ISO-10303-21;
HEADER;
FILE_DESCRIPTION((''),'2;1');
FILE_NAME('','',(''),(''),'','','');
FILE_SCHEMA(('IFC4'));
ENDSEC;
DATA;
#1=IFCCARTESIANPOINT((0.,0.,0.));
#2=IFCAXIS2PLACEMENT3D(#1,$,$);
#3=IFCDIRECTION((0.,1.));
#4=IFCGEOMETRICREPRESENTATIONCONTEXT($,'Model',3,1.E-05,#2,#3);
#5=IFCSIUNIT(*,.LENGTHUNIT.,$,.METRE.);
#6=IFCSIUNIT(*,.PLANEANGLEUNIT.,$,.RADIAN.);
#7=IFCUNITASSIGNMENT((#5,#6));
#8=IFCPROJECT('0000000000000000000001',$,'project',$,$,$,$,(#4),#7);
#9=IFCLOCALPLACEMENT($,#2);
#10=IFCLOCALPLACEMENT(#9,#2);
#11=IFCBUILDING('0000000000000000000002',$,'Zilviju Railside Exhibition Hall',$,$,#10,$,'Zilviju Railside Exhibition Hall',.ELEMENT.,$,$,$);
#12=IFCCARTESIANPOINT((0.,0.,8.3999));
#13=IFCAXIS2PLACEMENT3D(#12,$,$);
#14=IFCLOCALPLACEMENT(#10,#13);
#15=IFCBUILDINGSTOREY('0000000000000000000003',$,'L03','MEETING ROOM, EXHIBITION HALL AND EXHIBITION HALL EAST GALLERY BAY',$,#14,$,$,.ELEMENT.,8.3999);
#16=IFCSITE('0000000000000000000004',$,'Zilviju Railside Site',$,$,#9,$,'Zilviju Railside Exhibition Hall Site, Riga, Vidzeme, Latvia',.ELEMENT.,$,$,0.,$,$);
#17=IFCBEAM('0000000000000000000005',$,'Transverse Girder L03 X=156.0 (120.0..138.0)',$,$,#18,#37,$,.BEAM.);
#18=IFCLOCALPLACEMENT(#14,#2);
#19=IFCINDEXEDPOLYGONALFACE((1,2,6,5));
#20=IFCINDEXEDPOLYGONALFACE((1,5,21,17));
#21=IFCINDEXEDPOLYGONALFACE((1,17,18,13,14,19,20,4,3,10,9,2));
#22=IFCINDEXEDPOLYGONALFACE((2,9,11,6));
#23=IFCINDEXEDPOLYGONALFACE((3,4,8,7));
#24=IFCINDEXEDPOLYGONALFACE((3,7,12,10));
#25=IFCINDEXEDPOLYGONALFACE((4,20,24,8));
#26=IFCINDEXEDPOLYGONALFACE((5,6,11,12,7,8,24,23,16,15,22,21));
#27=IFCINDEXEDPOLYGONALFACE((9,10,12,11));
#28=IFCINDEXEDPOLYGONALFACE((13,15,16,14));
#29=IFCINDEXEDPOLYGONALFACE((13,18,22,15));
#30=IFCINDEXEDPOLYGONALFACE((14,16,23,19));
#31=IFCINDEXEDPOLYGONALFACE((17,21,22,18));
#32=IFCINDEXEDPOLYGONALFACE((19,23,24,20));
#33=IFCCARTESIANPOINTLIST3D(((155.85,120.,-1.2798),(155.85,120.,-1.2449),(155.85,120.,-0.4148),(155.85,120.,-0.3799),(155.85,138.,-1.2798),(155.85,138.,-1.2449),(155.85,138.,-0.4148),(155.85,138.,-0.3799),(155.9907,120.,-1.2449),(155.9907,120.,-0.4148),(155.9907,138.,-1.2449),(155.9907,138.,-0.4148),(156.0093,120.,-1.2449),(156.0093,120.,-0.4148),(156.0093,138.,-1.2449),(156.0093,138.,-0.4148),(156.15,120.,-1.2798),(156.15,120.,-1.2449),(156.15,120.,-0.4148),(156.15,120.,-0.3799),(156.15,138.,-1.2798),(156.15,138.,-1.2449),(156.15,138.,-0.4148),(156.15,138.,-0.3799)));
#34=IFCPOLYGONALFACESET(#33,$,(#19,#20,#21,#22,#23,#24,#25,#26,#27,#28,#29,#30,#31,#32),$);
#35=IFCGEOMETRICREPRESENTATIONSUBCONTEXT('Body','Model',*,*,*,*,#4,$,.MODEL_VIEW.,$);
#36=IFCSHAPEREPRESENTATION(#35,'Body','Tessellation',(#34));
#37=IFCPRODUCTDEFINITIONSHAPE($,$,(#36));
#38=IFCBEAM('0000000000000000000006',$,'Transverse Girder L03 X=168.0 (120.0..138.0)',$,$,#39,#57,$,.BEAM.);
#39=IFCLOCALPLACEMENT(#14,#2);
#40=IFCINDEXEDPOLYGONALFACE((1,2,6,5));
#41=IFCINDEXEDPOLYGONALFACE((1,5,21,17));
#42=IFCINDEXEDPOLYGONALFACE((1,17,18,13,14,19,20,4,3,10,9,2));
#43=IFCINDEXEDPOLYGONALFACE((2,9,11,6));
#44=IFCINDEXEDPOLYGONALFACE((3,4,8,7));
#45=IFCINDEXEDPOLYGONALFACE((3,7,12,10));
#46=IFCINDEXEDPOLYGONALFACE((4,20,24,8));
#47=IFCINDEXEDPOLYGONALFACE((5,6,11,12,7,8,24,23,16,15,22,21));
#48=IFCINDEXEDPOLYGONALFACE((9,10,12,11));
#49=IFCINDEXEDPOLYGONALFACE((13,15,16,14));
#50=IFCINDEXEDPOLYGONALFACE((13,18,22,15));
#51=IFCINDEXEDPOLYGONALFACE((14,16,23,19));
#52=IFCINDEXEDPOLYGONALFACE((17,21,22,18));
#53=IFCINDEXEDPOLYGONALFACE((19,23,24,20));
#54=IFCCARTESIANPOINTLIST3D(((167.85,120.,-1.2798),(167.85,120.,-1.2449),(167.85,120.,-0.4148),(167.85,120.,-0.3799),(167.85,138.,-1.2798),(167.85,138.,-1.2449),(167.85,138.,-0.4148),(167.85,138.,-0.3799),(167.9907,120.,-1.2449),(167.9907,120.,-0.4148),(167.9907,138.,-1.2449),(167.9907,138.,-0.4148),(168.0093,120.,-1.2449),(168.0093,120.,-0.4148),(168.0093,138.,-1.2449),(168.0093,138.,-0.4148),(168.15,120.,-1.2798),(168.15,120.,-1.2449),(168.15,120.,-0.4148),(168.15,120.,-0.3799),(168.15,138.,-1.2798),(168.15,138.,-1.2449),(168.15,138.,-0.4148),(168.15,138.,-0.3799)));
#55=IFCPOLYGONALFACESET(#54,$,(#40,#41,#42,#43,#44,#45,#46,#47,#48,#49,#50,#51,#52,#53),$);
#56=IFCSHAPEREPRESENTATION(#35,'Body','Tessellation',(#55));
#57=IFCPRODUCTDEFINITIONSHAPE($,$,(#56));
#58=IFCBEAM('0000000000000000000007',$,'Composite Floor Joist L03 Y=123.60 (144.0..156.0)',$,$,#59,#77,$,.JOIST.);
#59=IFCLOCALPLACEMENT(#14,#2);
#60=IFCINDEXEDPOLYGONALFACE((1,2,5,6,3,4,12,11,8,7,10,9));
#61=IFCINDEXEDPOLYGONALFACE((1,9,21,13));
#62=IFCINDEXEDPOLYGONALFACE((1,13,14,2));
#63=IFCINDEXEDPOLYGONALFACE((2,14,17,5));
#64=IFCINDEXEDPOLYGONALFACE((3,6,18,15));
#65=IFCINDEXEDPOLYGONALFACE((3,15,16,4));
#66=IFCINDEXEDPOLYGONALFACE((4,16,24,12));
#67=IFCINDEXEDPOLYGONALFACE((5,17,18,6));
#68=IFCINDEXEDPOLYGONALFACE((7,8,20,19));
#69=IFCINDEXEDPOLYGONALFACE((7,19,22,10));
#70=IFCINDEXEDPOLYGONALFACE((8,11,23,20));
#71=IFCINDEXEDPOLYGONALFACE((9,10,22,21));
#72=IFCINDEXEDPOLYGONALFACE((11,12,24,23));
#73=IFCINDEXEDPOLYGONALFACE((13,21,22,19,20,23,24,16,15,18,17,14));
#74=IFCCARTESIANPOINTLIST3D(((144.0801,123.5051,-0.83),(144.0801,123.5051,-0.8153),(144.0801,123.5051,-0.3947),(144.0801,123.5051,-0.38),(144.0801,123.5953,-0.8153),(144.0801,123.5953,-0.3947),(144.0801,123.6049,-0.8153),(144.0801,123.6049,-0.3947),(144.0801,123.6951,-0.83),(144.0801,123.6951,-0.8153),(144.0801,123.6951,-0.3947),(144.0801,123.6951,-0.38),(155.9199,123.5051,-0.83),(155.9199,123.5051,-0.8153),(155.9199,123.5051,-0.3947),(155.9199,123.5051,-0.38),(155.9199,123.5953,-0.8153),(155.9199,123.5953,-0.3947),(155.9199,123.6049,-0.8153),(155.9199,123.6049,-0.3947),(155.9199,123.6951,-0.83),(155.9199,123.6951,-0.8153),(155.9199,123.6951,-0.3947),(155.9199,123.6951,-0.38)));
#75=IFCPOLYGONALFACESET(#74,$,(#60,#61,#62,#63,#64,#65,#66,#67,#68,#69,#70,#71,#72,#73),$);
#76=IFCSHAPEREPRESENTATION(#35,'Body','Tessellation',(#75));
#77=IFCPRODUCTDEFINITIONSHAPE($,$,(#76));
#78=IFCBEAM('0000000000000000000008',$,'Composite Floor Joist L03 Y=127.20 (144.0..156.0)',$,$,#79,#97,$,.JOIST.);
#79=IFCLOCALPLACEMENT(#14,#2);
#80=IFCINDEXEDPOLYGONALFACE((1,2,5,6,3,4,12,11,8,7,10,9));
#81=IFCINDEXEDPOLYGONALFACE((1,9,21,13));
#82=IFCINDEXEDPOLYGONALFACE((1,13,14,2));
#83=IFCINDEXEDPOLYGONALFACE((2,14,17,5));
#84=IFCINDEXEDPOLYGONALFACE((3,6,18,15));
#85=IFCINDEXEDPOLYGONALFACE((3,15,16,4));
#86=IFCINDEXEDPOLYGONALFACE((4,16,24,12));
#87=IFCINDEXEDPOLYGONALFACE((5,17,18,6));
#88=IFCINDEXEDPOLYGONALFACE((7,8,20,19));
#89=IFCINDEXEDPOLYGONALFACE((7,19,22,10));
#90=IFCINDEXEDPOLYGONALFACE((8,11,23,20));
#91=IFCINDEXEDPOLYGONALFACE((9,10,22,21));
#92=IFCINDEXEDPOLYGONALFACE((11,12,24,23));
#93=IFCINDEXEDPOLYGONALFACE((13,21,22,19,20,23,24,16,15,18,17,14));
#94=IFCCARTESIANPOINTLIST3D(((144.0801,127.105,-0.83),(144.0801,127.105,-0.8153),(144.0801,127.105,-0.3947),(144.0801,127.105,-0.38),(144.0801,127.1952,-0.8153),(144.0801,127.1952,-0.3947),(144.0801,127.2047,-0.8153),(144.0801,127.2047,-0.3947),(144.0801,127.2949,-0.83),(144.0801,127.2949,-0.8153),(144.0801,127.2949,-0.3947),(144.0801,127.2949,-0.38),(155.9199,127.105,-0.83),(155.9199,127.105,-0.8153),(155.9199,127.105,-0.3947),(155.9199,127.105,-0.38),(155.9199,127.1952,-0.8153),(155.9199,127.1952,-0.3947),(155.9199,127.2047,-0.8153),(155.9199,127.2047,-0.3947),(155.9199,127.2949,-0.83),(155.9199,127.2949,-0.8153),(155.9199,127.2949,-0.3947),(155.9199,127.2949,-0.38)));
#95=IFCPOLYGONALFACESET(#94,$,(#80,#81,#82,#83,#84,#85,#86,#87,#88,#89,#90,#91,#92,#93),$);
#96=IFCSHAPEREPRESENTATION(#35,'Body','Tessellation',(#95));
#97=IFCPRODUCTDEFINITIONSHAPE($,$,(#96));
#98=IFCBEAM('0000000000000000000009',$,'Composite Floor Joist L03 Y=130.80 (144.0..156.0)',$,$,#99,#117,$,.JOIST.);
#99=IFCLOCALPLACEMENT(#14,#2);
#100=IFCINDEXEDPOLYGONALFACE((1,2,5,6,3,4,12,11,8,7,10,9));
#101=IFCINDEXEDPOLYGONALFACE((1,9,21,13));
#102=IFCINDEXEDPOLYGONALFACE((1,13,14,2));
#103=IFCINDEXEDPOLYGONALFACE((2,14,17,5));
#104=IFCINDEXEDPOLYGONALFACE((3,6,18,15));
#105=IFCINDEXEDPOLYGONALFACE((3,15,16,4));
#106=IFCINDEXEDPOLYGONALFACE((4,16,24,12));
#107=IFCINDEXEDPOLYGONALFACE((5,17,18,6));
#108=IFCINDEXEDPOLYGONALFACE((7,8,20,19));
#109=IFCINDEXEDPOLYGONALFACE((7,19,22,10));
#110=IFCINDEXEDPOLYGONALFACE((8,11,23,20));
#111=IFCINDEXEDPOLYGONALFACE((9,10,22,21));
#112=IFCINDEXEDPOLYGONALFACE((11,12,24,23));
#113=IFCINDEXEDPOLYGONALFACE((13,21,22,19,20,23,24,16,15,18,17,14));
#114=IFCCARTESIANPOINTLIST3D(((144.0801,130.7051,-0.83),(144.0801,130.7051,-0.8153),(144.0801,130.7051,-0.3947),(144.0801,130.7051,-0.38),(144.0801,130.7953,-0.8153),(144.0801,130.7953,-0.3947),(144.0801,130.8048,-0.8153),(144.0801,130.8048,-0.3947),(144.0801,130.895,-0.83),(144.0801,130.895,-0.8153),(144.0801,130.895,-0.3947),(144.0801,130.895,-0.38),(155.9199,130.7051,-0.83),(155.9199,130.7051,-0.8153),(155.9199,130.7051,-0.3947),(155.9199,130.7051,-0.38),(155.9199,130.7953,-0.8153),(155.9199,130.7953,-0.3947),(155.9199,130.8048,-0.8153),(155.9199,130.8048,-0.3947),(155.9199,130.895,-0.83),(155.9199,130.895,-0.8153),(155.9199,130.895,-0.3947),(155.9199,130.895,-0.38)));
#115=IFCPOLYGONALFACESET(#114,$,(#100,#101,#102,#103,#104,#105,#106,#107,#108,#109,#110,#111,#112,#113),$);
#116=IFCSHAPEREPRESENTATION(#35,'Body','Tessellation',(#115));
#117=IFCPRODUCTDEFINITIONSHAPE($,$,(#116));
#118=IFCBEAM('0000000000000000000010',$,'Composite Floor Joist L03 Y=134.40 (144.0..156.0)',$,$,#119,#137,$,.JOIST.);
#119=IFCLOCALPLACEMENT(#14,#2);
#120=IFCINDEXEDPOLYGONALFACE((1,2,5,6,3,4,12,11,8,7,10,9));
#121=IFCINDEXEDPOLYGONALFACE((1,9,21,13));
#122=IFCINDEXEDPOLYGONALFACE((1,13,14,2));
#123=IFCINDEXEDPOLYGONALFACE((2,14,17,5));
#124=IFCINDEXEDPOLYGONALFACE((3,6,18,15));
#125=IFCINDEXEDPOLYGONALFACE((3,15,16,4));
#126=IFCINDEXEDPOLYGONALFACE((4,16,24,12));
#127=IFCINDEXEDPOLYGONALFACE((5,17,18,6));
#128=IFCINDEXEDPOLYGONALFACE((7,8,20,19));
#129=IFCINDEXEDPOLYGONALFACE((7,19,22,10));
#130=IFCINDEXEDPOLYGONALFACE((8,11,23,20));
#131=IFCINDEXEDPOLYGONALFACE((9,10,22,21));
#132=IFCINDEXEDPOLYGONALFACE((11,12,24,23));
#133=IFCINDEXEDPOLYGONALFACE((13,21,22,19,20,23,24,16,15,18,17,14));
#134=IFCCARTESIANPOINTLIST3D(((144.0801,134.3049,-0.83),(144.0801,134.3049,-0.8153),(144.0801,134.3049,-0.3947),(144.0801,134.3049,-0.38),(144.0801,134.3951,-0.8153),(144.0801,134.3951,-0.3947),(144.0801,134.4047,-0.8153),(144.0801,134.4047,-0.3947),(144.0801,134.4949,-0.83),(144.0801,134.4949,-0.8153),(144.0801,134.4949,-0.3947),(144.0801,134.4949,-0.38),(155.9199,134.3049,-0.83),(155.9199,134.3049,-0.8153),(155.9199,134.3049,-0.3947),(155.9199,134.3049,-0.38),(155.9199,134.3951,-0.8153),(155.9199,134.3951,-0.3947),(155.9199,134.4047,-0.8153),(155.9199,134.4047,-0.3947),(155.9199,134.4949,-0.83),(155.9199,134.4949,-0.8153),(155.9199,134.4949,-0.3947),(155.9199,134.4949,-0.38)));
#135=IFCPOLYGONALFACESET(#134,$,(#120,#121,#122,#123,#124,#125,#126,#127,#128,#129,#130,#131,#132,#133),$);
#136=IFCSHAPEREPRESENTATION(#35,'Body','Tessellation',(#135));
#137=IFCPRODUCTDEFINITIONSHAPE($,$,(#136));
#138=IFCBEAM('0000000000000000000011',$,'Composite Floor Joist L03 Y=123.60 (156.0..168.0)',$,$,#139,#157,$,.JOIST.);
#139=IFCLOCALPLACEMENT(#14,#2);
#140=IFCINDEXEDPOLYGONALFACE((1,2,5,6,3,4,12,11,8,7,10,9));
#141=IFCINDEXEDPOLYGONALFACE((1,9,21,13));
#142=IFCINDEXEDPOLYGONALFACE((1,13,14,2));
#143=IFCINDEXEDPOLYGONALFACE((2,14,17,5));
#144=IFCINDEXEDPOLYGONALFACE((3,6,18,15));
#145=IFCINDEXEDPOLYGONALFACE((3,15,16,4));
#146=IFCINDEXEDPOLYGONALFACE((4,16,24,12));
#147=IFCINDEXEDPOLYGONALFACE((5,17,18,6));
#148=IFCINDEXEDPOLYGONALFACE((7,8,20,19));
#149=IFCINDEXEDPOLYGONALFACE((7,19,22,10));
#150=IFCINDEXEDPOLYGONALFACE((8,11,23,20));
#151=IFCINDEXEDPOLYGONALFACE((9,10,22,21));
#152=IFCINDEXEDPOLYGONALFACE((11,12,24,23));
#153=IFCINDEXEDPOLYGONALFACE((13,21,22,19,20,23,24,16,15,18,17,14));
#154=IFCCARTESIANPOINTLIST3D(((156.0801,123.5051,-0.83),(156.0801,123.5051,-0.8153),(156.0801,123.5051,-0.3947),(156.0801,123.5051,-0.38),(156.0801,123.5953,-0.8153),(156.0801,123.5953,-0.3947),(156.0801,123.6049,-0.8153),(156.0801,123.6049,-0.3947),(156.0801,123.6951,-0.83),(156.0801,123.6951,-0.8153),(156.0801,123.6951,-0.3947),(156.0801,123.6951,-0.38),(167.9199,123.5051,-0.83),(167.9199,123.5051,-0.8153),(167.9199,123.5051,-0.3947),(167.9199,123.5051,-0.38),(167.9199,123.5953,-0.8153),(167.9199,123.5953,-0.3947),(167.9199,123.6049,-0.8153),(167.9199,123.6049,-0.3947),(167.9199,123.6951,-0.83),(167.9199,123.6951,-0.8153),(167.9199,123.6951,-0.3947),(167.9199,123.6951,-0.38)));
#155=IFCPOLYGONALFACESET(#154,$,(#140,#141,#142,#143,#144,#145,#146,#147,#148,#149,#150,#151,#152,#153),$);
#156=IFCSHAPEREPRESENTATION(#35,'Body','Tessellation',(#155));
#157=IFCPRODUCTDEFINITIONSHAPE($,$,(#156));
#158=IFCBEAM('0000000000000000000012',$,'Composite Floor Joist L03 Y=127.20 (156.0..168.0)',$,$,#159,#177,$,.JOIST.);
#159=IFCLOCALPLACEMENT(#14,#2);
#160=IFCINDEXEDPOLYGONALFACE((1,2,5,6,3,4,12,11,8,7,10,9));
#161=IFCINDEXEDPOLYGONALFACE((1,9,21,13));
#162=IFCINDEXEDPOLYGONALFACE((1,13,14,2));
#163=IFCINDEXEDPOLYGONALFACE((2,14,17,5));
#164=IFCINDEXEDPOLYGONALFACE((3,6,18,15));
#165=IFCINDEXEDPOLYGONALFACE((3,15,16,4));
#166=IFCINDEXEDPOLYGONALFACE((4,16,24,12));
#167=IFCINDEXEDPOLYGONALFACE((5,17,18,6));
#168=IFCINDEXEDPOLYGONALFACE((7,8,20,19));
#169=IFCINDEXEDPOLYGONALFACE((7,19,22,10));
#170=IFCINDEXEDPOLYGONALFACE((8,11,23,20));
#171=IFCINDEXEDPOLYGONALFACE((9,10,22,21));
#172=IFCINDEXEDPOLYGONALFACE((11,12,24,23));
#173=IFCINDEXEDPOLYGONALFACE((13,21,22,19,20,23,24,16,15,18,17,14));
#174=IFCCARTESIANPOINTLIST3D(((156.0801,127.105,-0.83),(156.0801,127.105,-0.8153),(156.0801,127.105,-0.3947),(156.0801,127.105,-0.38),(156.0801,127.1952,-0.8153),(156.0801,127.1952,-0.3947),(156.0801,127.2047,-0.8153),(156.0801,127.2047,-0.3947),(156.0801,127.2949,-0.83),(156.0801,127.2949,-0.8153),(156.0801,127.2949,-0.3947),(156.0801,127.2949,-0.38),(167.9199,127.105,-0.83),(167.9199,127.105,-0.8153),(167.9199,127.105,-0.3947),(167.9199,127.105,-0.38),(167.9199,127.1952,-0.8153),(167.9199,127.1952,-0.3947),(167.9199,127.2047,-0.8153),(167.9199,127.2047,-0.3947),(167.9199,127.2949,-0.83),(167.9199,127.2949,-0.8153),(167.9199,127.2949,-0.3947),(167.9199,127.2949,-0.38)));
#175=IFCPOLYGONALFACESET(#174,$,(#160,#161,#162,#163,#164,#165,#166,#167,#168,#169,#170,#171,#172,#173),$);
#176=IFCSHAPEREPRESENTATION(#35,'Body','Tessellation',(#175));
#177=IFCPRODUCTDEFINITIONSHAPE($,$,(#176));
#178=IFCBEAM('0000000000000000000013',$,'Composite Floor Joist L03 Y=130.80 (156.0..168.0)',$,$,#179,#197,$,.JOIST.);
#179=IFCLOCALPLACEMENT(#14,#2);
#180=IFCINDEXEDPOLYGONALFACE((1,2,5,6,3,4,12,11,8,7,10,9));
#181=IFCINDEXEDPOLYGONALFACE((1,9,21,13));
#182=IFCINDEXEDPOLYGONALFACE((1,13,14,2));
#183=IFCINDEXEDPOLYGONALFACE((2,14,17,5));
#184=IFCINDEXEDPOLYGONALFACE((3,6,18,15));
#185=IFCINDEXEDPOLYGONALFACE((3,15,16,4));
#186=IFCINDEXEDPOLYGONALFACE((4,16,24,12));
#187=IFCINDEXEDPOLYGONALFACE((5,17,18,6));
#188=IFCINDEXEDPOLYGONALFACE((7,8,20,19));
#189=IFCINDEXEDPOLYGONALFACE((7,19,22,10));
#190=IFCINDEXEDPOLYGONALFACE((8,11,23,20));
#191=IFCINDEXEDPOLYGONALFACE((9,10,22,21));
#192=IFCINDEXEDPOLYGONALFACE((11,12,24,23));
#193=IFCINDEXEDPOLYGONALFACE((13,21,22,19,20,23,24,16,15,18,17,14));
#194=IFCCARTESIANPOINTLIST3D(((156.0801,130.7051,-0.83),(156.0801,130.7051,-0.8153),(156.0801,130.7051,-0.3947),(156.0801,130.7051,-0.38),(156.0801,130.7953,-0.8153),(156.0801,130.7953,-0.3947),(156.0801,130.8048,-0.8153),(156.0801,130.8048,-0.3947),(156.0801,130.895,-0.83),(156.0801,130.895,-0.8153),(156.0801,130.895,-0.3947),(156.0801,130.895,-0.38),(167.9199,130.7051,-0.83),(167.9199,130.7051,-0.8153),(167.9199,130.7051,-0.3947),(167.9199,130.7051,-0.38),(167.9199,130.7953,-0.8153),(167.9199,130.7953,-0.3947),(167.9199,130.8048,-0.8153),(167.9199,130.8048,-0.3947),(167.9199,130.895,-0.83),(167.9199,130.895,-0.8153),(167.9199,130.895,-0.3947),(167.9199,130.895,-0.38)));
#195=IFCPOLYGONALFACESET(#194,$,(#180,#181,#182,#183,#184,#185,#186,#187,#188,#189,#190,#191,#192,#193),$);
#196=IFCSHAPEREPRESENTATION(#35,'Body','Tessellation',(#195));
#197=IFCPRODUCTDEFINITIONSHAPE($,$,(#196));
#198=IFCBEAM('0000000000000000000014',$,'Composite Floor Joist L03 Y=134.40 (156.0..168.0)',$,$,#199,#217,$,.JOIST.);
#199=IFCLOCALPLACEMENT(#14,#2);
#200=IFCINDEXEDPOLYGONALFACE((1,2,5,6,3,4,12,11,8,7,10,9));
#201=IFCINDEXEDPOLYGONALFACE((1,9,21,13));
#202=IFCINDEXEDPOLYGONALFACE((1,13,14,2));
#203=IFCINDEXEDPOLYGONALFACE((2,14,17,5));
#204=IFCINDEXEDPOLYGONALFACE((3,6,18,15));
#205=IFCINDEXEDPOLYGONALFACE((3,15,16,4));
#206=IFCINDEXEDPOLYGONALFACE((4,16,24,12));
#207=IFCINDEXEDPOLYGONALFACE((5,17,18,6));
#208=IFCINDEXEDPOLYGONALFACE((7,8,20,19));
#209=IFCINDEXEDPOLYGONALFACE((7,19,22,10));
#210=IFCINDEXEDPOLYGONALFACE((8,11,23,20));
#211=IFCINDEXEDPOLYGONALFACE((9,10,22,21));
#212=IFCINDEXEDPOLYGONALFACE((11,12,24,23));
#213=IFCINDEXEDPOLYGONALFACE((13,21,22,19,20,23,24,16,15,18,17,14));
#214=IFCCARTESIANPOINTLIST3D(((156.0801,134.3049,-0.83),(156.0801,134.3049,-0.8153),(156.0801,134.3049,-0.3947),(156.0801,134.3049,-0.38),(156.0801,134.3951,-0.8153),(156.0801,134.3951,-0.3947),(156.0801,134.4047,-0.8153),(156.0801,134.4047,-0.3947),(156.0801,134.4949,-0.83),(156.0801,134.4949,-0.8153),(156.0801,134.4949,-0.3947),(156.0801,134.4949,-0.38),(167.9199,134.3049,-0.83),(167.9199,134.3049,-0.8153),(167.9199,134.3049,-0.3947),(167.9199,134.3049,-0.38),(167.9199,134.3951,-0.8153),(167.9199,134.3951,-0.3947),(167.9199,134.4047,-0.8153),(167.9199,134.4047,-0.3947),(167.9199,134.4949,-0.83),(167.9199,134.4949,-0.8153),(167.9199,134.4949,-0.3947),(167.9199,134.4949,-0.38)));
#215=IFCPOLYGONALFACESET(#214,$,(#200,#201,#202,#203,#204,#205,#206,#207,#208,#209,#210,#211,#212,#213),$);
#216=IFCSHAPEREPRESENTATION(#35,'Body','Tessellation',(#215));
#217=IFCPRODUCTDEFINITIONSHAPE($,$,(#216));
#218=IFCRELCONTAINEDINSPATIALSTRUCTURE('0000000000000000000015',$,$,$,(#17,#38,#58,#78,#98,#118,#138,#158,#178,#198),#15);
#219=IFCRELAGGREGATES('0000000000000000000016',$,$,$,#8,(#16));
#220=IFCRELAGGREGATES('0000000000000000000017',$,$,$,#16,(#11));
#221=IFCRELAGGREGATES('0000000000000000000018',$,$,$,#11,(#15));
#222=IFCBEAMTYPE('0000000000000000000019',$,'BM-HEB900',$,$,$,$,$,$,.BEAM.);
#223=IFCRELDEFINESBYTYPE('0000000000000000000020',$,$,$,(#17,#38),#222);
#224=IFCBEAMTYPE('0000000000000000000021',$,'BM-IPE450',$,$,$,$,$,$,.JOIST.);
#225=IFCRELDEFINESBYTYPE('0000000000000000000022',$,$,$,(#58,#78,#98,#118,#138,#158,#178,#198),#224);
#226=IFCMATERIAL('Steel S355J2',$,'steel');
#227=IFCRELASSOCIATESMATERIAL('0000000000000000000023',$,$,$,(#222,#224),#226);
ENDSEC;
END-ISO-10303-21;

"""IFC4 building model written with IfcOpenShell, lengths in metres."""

from ifc_helpers import new_model, si_unit, direction, frame, origin, origin_2d, place, context, subcontext, project, spatial, i_section, extrude, material, material_profile, profile_set, type_object, element, save


model = new_model("IFC4")

# Units and contexts
model_context = context("Model", 3, precision=1e-05, world=origin(), true_north=direction((0.0, 1.0)))
body_context = subcontext(model_context, "Body", "Model", "MODEL_VIEW")
ifc_project = project(units=[si_unit("LENGTHUNIT", "METRE"), si_unit("PLANEANGLEUNIT", "RADIAN")], contexts=[model_context])

# Site, building, storey
site_placement = place(None, origin())
site = spatial("IfcSite", under=ifc_project, at=site_placement, Name="Zilviju Railside Site", LongName="Zilviju Railside Exhibition Hall Site, Riga, Vidzeme, Latvia", CompositionType="ELEMENT", RefElevation=0.0)
building_placement = place(site_placement, origin())
building = spatial("IfcBuilding", under=site, at=building_placement, Name="Zilviju Railside Exhibition Hall", LongName="Zilviju Railside Exhibition Hall", CompositionType="ELEMENT")
storey_placement = place(building_placement, frame((0.0, 0.0, 8.3999)))
storey = spatial("IfcBuildingStorey", under=building, at=storey_placement, Name="L03", Description="MEETING ROOM, EXHIBITION HALL AND EXHIBITION HALL EAST GALLERY BAY", CompositionType="ELEMENT", Elevation=8.3999)

# Shared definitions
ifc_material_1 = material(Name="Steel S355J2", Category="steel")

# Beams
ifc_material_profile_1 = material_profile(ifc_material_1, i_section(OverallWidth=0.3, OverallDepth=0.8999, WebThickness=0.0186, FlangeThickness=0.0349, at=origin_2d()), Name="HEB 900")
ifc_profile_set_1 = profile_set([ifc_material_profile_1], Name="Steel S355J2")
beam_type_1 = type_object("IfcBeamType", Name="BM-HEB900", PredefinedType="BEAM", material=ifc_profile_set_1)
for number, where, z_axis, x_axis, name in (
    (1, (156.0, 120.0, -0.8298), (0.0, 1.0, 0.0), (-1.0, 0.0, 0.0), "Transverse Girder L03 X=156.0 (120.0..138.0)"),
    (2, (168.0, 120.0, -0.8298), (0.0, 1.0, 0.0), (-1.0, 0.0, 0.0), "Transverse Girder L03 X=168.0 (120.0..138.0)"),
):
    element("IfcBeam", number, at=place(storey_placement, frame(where, z_axis=z_axis, x_axis=x_axis)), inside=storey, type_object=beam_type_1, Name=name, PredefinedType="BEAM", context=body_context, shape_type="SweptSolid", body=[
        extrude(i_section(OverallWidth=0.3, OverallDepth=0.8999, WebThickness=0.0186, FlangeThickness=0.0349, at=origin_2d()), origin(), (0.0, 0.0, 1.0), 18.0),
    ])
ifc_material_profile_2 = material_profile(ifc_material_1, i_section(OverallWidth=0.1899, OverallDepth=0.45, WebThickness=0.0095, FlangeThickness=0.0146, at=origin_2d()), Name="IPE 450")
ifc_profile_set_2 = profile_set([ifc_material_profile_2], Name="Steel S355J2")
beam_type_2 = type_object("IfcBeamType", Name="BM-IPE450", PredefinedType="JOIST", material=ifc_profile_set_2)
for number, where, z_axis, x_axis, name in (
    (3, (144.0801, 123.6001, -0.605), (1.0, 0.0, 0.0), (0.0, 1.0, 0.0), "Composite Floor Joist L03 Y=123.60 (144.0..156.0)"),
    (4, (144.0801, 127.2, -0.605), (1.0, 0.0, 0.0), (0.0, 1.0, 0.0), "Composite Floor Joist L03 Y=127.20 (144.0..156.0)"),
    (5, (144.0801, 130.8, -0.605), (1.0, 0.0, 0.0), (0.0, 1.0, 0.0), "Composite Floor Joist L03 Y=130.80 (144.0..156.0)"),
    (6, (144.0801, 134.3999, -0.605), (1.0, 0.0, 0.0), (0.0, 1.0, 0.0), "Composite Floor Joist L03 Y=134.40 (144.0..156.0)"),
    (7, (156.0801, 123.6001, -0.605), (1.0, 0.0, 0.0), (0.0, 1.0, 0.0), "Composite Floor Joist L03 Y=123.60 (156.0..168.0)"),
    (8, (156.0801, 127.2, -0.605), (1.0, 0.0, 0.0), (0.0, 1.0, 0.0), "Composite Floor Joist L03 Y=127.20 (156.0..168.0)"),
    (9, (156.0801, 130.8, -0.605), (1.0, 0.0, 0.0), (0.0, 1.0, 0.0), "Composite Floor Joist L03 Y=130.80 (156.0..168.0)"),
    (10, (156.0801, 134.3999, -0.605), (1.0, 0.0, 0.0), (0.0, 1.0, 0.0), "Composite Floor Joist L03 Y=134.40 (156.0..168.0)"),
):
    element("IfcBeam", number, at=place(storey_placement, frame(where, z_axis=z_axis, x_axis=x_axis)), inside=storey, type_object=beam_type_2, Name=name, PredefinedType="JOIST", context=body_context, shape_type="SweptSolid", body=[
        extrude(i_section(OverallWidth=0.1899, OverallDepth=0.45, WebThickness=0.0095, FlangeThickness=0.0146, at=origin_2d()), origin(), (0.0, 0.0, 1.0), 11.8398),
    ])

save(model, "model.ifc")
